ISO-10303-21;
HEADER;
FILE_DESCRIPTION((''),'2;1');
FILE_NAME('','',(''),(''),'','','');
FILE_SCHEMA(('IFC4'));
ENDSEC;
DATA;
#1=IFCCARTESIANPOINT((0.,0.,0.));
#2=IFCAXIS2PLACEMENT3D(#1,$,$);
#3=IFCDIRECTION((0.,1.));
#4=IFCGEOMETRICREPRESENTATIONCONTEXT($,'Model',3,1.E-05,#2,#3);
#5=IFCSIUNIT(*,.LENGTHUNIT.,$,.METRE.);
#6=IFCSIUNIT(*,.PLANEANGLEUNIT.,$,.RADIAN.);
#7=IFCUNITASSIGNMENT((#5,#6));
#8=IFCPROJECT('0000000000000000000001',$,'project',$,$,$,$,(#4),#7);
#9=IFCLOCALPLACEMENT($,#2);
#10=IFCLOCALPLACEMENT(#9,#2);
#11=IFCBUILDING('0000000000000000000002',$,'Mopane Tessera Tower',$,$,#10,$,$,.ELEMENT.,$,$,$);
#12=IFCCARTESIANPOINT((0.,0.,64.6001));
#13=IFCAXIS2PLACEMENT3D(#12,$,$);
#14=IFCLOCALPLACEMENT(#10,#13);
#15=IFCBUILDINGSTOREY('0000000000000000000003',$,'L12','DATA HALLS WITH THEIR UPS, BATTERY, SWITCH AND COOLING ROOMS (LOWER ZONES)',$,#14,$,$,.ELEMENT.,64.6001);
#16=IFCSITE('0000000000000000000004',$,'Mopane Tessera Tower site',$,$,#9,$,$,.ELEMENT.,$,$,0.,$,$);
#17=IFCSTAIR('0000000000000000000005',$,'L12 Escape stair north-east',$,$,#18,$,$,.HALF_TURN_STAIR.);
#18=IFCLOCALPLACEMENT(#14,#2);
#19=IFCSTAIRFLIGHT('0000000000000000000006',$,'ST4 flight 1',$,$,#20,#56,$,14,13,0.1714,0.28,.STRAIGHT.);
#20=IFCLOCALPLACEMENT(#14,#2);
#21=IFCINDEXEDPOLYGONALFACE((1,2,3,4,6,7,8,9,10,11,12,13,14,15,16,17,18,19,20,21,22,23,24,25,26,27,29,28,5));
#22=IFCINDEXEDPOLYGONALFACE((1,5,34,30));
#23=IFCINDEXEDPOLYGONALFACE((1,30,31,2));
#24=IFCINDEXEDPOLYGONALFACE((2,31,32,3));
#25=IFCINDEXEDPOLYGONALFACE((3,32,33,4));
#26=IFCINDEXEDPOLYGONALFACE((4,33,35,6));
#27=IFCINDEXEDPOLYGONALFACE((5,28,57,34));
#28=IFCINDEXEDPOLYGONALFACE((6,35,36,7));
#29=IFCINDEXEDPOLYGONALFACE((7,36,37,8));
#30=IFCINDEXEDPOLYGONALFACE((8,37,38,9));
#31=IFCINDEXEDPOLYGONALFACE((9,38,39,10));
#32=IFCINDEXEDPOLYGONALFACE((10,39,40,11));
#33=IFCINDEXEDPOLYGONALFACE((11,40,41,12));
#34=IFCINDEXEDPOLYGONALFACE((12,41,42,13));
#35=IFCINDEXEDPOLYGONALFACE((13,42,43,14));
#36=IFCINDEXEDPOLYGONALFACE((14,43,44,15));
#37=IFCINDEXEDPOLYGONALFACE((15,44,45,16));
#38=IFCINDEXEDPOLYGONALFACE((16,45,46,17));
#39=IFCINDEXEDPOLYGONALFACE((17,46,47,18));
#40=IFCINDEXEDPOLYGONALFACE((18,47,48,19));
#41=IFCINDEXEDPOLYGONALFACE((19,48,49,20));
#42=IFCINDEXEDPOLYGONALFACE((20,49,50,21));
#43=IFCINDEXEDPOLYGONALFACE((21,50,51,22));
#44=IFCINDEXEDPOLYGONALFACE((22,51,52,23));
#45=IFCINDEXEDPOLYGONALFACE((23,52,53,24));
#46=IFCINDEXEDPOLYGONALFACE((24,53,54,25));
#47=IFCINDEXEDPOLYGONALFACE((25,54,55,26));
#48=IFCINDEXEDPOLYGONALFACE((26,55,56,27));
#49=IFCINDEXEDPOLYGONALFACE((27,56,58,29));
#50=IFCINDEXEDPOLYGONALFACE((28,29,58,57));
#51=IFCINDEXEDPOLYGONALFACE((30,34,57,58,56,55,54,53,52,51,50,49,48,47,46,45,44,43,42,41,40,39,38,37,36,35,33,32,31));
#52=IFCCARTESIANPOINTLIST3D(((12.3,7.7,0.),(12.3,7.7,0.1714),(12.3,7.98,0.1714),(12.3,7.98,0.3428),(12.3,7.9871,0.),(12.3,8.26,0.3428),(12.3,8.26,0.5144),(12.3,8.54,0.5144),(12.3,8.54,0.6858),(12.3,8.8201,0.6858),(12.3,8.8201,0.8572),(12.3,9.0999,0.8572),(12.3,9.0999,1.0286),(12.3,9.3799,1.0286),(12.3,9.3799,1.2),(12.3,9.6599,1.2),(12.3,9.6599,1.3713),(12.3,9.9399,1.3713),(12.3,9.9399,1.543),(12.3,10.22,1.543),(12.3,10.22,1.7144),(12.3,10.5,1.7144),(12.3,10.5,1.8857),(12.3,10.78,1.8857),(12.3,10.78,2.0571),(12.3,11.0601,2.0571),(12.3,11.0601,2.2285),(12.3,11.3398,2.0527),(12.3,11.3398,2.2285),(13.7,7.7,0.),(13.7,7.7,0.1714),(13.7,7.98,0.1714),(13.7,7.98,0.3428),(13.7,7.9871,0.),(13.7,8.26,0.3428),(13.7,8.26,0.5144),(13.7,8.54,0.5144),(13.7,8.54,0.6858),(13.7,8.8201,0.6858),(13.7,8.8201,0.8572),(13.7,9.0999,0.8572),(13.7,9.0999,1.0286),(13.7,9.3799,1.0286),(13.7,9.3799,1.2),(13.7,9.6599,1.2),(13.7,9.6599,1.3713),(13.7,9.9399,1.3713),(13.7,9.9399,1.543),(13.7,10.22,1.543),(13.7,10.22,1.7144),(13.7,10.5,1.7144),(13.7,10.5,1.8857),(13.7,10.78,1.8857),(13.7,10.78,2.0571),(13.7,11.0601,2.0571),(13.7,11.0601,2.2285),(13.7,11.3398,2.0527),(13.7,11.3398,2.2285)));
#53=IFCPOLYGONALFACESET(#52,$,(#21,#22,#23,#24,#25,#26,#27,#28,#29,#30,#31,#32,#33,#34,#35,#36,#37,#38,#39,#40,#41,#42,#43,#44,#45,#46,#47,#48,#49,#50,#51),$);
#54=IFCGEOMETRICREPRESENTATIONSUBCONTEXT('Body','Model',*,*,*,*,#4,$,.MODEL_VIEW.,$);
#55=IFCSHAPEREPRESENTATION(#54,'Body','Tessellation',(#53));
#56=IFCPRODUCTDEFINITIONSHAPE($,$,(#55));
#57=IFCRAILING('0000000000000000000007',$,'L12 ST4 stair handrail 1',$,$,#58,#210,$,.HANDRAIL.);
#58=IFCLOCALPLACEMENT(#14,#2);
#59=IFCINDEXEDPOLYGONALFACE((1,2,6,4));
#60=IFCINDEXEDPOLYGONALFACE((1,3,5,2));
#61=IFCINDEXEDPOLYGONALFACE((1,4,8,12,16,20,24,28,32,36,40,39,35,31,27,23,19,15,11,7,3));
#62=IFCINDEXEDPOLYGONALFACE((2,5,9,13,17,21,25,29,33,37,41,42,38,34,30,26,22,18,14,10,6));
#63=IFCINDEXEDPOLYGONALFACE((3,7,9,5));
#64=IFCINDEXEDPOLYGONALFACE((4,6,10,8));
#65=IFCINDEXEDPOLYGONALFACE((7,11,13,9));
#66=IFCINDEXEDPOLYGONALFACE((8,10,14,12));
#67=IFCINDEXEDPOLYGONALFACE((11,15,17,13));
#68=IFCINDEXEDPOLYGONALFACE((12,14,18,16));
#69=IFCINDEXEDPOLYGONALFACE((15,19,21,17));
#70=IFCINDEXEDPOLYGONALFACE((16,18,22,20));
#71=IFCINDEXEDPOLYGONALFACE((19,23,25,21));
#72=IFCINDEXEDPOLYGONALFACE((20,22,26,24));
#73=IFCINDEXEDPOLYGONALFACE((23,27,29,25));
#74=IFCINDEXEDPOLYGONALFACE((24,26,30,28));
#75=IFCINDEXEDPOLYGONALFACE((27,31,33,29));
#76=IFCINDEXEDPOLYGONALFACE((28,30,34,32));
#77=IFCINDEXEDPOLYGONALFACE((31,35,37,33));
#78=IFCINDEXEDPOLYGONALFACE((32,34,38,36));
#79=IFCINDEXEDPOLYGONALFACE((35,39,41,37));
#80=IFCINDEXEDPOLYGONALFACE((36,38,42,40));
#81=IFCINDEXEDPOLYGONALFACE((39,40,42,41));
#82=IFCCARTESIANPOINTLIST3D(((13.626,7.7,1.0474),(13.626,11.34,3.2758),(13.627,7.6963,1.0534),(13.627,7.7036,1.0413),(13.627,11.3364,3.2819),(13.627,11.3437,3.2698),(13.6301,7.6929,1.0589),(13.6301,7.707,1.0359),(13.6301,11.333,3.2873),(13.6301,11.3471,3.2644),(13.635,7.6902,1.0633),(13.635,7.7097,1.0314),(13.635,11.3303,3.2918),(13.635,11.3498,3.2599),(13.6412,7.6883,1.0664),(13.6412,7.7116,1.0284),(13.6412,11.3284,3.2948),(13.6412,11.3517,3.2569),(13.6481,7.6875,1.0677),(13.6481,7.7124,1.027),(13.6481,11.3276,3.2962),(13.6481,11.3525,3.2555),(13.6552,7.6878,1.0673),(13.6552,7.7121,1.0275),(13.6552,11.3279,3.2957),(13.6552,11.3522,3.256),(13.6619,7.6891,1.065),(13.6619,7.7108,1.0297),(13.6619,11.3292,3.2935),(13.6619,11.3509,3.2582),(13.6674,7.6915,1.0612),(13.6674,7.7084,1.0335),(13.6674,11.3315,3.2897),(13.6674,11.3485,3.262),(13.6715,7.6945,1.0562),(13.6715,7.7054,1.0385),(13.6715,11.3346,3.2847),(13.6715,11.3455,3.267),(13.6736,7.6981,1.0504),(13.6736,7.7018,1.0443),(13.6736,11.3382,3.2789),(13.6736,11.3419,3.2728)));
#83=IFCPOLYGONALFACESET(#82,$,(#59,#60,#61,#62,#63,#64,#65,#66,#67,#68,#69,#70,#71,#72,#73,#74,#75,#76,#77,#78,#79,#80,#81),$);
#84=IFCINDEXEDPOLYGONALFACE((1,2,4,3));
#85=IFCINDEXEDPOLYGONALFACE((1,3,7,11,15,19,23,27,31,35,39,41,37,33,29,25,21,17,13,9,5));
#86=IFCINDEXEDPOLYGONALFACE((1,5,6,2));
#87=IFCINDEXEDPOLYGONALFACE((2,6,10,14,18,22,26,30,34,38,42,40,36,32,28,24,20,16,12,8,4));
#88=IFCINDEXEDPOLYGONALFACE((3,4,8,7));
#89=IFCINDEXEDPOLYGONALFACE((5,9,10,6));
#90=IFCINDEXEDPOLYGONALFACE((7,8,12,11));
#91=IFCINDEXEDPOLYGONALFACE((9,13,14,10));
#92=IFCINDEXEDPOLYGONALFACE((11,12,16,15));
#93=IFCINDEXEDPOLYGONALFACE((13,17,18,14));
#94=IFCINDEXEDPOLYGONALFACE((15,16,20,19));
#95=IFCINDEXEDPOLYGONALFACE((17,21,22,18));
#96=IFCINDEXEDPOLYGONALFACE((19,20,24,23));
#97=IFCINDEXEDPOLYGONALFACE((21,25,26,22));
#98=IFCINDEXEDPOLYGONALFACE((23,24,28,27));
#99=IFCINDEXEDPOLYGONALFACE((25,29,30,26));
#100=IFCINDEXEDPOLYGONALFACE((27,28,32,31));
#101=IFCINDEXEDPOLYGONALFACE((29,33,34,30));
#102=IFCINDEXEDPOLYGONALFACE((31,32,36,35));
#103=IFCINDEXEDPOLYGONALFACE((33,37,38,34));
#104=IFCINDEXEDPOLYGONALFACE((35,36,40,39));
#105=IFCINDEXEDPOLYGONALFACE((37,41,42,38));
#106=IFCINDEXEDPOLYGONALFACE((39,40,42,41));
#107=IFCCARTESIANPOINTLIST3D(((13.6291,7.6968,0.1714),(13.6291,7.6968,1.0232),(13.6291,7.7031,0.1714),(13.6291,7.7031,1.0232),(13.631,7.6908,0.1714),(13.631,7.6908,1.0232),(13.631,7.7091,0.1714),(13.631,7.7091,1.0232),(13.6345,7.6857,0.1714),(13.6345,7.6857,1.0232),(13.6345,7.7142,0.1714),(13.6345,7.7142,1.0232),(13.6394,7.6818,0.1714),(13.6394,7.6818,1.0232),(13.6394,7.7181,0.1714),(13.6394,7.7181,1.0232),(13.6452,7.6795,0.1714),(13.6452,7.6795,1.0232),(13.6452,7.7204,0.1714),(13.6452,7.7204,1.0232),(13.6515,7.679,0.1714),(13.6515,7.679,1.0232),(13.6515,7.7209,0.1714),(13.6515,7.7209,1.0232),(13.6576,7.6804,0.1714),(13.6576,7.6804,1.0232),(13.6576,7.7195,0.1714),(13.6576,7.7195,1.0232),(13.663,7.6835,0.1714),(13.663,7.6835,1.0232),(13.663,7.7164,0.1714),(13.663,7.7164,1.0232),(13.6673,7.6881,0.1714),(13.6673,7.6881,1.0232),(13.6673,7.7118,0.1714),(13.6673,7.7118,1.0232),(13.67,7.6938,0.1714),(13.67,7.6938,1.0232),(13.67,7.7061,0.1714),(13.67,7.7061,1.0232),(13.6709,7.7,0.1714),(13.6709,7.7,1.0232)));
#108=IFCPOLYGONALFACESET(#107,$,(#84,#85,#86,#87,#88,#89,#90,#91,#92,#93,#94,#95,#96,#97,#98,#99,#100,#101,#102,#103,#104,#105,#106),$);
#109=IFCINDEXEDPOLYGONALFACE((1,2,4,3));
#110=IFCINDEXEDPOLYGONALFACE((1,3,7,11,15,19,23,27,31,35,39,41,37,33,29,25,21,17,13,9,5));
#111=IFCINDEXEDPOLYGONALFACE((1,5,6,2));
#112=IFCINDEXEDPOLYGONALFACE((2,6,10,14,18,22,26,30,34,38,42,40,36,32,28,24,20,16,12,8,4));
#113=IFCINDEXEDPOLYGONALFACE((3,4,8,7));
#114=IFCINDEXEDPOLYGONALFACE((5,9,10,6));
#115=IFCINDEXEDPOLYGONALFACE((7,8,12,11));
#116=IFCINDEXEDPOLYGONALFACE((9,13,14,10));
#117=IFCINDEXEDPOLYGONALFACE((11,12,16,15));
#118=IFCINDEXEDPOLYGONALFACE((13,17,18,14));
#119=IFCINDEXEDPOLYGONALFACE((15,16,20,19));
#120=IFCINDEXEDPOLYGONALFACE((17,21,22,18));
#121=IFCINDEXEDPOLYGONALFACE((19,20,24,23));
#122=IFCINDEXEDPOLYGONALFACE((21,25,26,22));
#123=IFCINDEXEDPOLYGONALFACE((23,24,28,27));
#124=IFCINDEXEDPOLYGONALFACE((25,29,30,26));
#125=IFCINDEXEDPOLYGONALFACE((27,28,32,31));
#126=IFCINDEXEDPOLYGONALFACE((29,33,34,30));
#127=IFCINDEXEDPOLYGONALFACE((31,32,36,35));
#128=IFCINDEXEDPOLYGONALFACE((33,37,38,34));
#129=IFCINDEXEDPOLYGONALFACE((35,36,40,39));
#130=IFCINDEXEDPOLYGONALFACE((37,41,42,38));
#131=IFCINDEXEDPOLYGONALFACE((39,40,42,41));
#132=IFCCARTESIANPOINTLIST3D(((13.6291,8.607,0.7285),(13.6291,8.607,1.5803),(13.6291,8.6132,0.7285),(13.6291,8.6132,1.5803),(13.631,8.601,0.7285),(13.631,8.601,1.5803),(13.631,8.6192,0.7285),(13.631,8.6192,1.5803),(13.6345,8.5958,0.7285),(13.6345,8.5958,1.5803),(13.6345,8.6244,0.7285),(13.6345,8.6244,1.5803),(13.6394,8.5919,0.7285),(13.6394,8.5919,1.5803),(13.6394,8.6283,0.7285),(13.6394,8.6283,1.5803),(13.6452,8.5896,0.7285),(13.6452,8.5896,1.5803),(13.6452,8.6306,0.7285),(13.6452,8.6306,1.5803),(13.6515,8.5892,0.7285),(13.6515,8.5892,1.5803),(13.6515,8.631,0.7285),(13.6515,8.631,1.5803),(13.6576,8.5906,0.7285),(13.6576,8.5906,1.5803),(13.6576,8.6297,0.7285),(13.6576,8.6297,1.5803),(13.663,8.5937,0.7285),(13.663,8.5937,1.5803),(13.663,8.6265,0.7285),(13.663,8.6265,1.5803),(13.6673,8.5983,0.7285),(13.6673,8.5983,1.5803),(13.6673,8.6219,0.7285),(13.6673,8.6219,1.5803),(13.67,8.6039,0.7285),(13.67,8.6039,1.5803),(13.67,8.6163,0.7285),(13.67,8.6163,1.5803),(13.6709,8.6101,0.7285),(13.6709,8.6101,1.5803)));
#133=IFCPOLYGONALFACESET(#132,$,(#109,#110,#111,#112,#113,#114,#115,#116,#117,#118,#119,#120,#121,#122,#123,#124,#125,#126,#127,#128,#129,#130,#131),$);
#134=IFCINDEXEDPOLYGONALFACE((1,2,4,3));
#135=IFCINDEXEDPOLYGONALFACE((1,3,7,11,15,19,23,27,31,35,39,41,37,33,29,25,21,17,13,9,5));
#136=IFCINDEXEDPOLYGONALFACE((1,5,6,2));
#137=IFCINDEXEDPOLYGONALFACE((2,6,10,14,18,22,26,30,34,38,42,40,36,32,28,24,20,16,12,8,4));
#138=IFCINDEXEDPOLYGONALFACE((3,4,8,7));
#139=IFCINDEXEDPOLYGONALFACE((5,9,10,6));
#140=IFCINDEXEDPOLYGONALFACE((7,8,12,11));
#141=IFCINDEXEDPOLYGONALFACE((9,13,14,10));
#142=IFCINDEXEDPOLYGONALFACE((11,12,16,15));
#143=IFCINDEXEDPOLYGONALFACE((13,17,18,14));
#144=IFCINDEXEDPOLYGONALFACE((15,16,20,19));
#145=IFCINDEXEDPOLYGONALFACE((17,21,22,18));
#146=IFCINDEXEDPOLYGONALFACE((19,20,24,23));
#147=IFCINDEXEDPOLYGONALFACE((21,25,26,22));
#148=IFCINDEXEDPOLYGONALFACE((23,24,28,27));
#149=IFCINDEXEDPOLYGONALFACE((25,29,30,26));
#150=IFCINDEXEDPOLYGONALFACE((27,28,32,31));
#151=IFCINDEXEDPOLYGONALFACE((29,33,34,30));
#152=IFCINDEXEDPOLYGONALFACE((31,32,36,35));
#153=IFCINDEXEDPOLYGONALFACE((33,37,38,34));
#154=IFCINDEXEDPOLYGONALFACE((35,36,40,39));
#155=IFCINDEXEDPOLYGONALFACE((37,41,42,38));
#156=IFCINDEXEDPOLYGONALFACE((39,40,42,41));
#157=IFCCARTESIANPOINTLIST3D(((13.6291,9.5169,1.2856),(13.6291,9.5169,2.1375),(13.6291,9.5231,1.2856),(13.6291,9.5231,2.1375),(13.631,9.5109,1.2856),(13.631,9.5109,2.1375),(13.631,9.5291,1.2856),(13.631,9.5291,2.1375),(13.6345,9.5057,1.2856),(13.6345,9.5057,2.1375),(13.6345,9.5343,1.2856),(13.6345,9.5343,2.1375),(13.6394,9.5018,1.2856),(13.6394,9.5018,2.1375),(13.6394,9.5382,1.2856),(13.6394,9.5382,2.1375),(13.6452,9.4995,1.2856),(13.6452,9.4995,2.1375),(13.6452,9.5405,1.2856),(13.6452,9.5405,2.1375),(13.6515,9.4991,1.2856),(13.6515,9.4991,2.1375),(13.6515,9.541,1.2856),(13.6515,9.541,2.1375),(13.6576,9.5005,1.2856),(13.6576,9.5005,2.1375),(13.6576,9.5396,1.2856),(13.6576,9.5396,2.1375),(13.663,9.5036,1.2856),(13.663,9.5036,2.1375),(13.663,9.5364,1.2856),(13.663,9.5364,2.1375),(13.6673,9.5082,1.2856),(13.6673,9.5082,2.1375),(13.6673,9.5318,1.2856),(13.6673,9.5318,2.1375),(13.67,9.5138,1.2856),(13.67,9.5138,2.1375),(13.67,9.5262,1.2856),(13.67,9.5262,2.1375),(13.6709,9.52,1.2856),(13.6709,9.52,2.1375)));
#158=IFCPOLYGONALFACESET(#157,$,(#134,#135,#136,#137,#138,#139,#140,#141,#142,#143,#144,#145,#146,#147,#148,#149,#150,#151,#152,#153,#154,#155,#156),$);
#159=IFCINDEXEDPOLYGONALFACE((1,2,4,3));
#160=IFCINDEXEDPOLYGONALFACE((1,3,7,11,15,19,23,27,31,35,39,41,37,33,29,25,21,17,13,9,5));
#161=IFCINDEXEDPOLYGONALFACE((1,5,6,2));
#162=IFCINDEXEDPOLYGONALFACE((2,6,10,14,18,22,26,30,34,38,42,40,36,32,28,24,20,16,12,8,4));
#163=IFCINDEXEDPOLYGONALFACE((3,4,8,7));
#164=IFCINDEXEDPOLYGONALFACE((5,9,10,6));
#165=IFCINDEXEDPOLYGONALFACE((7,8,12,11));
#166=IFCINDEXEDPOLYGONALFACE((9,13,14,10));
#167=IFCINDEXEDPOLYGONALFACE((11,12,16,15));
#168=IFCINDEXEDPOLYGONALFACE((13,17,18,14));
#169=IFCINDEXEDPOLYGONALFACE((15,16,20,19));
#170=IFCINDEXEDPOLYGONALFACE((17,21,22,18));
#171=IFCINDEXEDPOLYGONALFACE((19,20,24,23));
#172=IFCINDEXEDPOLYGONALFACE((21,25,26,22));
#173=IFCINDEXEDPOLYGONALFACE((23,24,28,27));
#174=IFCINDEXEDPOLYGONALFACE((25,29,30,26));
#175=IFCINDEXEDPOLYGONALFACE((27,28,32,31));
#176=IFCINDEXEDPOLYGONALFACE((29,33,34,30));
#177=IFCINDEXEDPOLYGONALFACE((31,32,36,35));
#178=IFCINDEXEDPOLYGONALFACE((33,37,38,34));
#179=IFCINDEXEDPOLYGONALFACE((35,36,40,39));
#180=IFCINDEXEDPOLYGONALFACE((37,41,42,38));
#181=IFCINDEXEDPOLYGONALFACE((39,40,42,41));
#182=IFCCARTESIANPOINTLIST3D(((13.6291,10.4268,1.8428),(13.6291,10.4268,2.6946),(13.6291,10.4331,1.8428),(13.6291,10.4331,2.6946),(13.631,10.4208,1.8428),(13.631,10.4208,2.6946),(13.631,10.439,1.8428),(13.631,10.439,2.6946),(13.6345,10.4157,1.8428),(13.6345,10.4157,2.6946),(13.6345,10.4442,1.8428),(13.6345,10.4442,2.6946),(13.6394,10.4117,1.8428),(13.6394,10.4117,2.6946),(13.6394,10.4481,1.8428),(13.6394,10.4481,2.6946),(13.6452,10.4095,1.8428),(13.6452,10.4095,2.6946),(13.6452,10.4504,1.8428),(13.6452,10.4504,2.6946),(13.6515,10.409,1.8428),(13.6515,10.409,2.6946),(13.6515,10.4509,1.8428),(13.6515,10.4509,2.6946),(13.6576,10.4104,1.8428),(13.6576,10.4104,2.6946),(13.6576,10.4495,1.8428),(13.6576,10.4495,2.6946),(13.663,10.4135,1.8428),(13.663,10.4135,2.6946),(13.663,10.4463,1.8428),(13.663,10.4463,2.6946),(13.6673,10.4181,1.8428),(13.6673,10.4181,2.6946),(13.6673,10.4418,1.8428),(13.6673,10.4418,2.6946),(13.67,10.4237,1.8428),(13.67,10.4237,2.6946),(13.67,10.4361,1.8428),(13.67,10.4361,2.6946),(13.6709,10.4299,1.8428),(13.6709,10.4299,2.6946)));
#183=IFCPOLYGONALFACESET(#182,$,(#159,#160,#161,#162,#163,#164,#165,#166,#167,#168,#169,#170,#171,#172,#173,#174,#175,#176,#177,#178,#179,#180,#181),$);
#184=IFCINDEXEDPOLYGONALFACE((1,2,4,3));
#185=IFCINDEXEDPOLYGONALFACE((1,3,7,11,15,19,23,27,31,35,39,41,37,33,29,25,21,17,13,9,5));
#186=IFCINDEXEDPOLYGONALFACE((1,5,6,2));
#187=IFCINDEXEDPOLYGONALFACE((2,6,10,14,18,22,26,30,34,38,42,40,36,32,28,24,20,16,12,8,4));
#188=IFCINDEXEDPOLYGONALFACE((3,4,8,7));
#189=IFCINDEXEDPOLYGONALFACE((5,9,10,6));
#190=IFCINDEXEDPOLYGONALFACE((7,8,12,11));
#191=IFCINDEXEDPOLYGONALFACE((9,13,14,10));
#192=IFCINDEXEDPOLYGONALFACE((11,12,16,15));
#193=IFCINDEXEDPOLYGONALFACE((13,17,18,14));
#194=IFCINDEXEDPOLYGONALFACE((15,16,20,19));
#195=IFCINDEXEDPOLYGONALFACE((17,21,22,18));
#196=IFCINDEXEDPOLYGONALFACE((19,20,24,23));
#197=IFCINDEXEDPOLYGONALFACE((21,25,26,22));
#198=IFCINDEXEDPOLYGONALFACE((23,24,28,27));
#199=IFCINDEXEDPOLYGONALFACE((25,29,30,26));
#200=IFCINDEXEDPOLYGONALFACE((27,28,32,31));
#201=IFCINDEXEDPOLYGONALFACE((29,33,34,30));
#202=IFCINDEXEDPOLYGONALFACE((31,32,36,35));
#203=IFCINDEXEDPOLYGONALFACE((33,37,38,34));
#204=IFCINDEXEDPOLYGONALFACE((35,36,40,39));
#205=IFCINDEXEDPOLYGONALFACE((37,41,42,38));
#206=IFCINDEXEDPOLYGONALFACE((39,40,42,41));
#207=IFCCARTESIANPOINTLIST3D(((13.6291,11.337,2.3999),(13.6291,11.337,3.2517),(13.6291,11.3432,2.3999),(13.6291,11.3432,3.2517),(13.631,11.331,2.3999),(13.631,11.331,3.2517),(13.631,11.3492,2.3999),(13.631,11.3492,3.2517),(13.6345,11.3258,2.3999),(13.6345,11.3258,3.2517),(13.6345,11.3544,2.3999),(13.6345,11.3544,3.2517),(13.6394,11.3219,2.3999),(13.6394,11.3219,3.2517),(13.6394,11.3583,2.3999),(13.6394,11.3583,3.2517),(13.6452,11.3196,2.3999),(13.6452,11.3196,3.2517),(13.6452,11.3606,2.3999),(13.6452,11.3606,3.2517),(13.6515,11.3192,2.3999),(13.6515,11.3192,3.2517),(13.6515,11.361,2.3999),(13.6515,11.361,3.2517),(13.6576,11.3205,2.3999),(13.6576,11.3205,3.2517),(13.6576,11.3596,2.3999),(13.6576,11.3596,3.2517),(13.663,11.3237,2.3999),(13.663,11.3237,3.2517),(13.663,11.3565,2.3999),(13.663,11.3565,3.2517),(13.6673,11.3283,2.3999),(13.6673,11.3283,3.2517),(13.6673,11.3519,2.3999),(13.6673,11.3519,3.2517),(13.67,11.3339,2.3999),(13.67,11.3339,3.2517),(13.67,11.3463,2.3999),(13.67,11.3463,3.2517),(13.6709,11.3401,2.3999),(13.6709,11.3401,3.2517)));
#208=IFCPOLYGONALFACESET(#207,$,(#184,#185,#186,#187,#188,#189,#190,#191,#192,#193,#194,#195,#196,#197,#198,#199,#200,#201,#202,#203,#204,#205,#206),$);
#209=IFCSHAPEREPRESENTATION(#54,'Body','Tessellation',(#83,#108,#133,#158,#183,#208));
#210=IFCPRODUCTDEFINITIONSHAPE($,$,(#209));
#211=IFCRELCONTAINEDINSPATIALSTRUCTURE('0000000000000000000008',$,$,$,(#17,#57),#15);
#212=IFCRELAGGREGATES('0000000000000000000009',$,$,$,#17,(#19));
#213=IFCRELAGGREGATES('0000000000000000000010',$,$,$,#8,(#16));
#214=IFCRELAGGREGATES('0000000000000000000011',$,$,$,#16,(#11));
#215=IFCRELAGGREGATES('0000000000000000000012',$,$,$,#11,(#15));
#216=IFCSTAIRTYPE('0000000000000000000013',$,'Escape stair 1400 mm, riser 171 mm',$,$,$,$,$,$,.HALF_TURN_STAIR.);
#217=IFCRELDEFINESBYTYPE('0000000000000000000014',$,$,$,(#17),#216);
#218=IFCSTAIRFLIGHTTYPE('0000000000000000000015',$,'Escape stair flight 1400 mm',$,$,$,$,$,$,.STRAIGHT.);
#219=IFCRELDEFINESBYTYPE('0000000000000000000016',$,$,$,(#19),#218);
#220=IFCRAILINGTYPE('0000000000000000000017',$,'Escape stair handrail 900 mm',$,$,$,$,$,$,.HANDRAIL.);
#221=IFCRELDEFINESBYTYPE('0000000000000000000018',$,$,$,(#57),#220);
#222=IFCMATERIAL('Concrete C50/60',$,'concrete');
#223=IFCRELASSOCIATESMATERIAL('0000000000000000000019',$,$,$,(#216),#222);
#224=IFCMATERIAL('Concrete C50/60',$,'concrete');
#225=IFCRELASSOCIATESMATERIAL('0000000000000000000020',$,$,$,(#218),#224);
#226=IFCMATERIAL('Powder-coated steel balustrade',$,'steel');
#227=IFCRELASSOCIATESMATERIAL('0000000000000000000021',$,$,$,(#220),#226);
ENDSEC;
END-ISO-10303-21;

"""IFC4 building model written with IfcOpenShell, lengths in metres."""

from ifc_helpers import new_model, si_unit, direction, frame, origin, origin_2d, place, context, subcontext, project, spatial, polyline, circle, outline, extrude, material, type_object, element, aggregate, save


model = new_model("IFC4")

# Units and contexts
model_context = context("Model", 3, precision=1e-05, world=origin(), true_north=direction((0.0, 1.0)))
body_context = subcontext(model_context, "Body", "Model", "MODEL_VIEW")
ifc_project = project(units=[si_unit("LENGTHUNIT", "METRE"), si_unit("PLANEANGLEUNIT", "RADIAN")], contexts=[model_context])

# Site, building, storey
site_placement = place(None, origin())
site = spatial("IfcSite", under=ifc_project, at=site_placement, Name="Mopane Tessera Tower site", CompositionType="ELEMENT", RefElevation=0.0)
building_placement = place(site_placement, origin())
building = spatial("IfcBuilding", under=site, at=building_placement, Name="Mopane Tessera Tower", CompositionType="ELEMENT")
storey_placement = place(building_placement, frame((0.0, 0.0, 64.6001)))
storey = spatial("IfcBuildingStorey", under=building, at=storey_placement, Name="L12", Description="DATA HALLS WITH THEIR UPS, BATTERY, SWITCH AND COOLING ROOMS (LOWER ZONES)", CompositionType="ELEMENT", Elevation=64.6001)

# Stair, stair flight
ifc_material_1 = material(Name="Concrete C50/60", Category="concrete")
stair_type = type_object("IfcStairType", Name="Escape stair 1400 mm, riser 171 mm", PredefinedType="HALF_TURN_STAIR", material=ifc_material_1)
stair_placement = place(storey_placement, origin())
stair = element("IfcStair", 1, at=stair_placement, inside=storey, type_object=stair_type, Name="L12 Escape stair north-east", PredefinedType="HALF_TURN_STAIR")
ifc_material_2 = material(Name="Concrete C50/60", Category="concrete")
stair_flight_type = type_object("IfcStairFlightType", Name="Escape stair flight 1400 mm", PredefinedType="STRAIGHT", material=ifc_material_2)
stair_flight_placement = place(storey_placement, frame((13.0, 7.7, 0.0), z_axis=(0.0, 0.0, 1.0), x_axis=(0.0, 1.0, 0.0)))
stair_flight = element("IfcStairFlight", 2, at=stair_flight_placement, type_object=stair_flight_type, Name="ST4 flight 1", NumberOfRisers=14, NumberOfTreads=13, PredefinedType="STRAIGHT", RiserHeight=0.1714, TreadLength=0.28, context=body_context, shape_type="SweptSolid", body=[
    extrude(outline(polyline([(0.0, 0.0), (0.0, 0.1714), (0.28, 0.1714), (0.28, 0.3428), (0.5601, 0.3428), (0.5601, 0.5144), (0.8401, 0.5144), (0.8401, 0.6858), (1.1201, 0.6858), (1.1201, 0.8572), (1.3999, 0.8572), (1.3999, 1.0286), (1.6799, 1.0286), (1.6799, 1.2), (1.96, 1.2), (1.96, 1.3713), (2.24, 1.3713), (2.24, 1.543), (2.52, 1.543), (2.52, 1.7144), (2.8, 1.7144), (2.8, 1.8857), (3.0801, 1.8857), (3.0801, 2.0571), (3.3601, 2.0571), (3.3601, 2.2285), (3.6399, 2.2285), (3.6399, 2.3999), (3.6399, 2.0527), (0.2871, 0.0), (0.0, 0.0)])), frame((0.0, 0.7, 0.0), z_axis=(0.0, -1.0, 0.0), x_axis=(1.0, 0.0, 0.0)), (0.0, 0.0, 1.0), 1.3999),
])
aggregate(stair, [stair_flight])

# Railing
ifc_material_3 = material(Name="Powder-coated steel balustrade", Category="steel")
railing_type = type_object("IfcRailingType", Name="Escape stair handrail 900 mm", PredefinedType="HANDRAIL", material=ifc_material_3)
railing_placement = place(storey_placement, frame((13.6499, 7.7, 0.1714)))
element("IfcRailing", 3, at=railing_placement, inside=storey, type_object=railing_type, Name="L12 ST4 stair handrail 1", PredefinedType="HANDRAIL", context=body_context, shape_type="SweptSolid", body=[
    extrude(circle(Radius=0.0239, at=origin_2d()), frame((0.0, 0.0, 0.876), z_axis=(0.0, 0.852866, 0.52213), x_axis=(-1.0, 0.0, 0.0)), (0.0, 0.0, 1.0), 4.2681),
    extrude(circle(Radius=0.021, at=origin_2d()), origin(), (0.0, 0.0, 1.0), 0.8518),
    extrude(circle(Radius=0.021, at=origin_2d()), frame((0.0, 0.9102, 0.5571)), (0.0, 0.0, 1.0), 0.8518),
    extrude(circle(Radius=0.021, at=origin_2d()), frame((0.0, 1.8201, 1.1143)), (0.0, 0.0, 1.0), 0.8518),
    extrude(circle(Radius=0.021, at=origin_2d()), frame((0.0, 2.73, 1.6714)), (0.0, 0.0, 1.0), 0.8518),
    extrude(circle(Radius=0.021, at=origin_2d()), frame((0.0, 3.6401, 2.2285)), (0.0, 0.0, 1.0), 0.8518),
])

save(model, "model.ifc")
